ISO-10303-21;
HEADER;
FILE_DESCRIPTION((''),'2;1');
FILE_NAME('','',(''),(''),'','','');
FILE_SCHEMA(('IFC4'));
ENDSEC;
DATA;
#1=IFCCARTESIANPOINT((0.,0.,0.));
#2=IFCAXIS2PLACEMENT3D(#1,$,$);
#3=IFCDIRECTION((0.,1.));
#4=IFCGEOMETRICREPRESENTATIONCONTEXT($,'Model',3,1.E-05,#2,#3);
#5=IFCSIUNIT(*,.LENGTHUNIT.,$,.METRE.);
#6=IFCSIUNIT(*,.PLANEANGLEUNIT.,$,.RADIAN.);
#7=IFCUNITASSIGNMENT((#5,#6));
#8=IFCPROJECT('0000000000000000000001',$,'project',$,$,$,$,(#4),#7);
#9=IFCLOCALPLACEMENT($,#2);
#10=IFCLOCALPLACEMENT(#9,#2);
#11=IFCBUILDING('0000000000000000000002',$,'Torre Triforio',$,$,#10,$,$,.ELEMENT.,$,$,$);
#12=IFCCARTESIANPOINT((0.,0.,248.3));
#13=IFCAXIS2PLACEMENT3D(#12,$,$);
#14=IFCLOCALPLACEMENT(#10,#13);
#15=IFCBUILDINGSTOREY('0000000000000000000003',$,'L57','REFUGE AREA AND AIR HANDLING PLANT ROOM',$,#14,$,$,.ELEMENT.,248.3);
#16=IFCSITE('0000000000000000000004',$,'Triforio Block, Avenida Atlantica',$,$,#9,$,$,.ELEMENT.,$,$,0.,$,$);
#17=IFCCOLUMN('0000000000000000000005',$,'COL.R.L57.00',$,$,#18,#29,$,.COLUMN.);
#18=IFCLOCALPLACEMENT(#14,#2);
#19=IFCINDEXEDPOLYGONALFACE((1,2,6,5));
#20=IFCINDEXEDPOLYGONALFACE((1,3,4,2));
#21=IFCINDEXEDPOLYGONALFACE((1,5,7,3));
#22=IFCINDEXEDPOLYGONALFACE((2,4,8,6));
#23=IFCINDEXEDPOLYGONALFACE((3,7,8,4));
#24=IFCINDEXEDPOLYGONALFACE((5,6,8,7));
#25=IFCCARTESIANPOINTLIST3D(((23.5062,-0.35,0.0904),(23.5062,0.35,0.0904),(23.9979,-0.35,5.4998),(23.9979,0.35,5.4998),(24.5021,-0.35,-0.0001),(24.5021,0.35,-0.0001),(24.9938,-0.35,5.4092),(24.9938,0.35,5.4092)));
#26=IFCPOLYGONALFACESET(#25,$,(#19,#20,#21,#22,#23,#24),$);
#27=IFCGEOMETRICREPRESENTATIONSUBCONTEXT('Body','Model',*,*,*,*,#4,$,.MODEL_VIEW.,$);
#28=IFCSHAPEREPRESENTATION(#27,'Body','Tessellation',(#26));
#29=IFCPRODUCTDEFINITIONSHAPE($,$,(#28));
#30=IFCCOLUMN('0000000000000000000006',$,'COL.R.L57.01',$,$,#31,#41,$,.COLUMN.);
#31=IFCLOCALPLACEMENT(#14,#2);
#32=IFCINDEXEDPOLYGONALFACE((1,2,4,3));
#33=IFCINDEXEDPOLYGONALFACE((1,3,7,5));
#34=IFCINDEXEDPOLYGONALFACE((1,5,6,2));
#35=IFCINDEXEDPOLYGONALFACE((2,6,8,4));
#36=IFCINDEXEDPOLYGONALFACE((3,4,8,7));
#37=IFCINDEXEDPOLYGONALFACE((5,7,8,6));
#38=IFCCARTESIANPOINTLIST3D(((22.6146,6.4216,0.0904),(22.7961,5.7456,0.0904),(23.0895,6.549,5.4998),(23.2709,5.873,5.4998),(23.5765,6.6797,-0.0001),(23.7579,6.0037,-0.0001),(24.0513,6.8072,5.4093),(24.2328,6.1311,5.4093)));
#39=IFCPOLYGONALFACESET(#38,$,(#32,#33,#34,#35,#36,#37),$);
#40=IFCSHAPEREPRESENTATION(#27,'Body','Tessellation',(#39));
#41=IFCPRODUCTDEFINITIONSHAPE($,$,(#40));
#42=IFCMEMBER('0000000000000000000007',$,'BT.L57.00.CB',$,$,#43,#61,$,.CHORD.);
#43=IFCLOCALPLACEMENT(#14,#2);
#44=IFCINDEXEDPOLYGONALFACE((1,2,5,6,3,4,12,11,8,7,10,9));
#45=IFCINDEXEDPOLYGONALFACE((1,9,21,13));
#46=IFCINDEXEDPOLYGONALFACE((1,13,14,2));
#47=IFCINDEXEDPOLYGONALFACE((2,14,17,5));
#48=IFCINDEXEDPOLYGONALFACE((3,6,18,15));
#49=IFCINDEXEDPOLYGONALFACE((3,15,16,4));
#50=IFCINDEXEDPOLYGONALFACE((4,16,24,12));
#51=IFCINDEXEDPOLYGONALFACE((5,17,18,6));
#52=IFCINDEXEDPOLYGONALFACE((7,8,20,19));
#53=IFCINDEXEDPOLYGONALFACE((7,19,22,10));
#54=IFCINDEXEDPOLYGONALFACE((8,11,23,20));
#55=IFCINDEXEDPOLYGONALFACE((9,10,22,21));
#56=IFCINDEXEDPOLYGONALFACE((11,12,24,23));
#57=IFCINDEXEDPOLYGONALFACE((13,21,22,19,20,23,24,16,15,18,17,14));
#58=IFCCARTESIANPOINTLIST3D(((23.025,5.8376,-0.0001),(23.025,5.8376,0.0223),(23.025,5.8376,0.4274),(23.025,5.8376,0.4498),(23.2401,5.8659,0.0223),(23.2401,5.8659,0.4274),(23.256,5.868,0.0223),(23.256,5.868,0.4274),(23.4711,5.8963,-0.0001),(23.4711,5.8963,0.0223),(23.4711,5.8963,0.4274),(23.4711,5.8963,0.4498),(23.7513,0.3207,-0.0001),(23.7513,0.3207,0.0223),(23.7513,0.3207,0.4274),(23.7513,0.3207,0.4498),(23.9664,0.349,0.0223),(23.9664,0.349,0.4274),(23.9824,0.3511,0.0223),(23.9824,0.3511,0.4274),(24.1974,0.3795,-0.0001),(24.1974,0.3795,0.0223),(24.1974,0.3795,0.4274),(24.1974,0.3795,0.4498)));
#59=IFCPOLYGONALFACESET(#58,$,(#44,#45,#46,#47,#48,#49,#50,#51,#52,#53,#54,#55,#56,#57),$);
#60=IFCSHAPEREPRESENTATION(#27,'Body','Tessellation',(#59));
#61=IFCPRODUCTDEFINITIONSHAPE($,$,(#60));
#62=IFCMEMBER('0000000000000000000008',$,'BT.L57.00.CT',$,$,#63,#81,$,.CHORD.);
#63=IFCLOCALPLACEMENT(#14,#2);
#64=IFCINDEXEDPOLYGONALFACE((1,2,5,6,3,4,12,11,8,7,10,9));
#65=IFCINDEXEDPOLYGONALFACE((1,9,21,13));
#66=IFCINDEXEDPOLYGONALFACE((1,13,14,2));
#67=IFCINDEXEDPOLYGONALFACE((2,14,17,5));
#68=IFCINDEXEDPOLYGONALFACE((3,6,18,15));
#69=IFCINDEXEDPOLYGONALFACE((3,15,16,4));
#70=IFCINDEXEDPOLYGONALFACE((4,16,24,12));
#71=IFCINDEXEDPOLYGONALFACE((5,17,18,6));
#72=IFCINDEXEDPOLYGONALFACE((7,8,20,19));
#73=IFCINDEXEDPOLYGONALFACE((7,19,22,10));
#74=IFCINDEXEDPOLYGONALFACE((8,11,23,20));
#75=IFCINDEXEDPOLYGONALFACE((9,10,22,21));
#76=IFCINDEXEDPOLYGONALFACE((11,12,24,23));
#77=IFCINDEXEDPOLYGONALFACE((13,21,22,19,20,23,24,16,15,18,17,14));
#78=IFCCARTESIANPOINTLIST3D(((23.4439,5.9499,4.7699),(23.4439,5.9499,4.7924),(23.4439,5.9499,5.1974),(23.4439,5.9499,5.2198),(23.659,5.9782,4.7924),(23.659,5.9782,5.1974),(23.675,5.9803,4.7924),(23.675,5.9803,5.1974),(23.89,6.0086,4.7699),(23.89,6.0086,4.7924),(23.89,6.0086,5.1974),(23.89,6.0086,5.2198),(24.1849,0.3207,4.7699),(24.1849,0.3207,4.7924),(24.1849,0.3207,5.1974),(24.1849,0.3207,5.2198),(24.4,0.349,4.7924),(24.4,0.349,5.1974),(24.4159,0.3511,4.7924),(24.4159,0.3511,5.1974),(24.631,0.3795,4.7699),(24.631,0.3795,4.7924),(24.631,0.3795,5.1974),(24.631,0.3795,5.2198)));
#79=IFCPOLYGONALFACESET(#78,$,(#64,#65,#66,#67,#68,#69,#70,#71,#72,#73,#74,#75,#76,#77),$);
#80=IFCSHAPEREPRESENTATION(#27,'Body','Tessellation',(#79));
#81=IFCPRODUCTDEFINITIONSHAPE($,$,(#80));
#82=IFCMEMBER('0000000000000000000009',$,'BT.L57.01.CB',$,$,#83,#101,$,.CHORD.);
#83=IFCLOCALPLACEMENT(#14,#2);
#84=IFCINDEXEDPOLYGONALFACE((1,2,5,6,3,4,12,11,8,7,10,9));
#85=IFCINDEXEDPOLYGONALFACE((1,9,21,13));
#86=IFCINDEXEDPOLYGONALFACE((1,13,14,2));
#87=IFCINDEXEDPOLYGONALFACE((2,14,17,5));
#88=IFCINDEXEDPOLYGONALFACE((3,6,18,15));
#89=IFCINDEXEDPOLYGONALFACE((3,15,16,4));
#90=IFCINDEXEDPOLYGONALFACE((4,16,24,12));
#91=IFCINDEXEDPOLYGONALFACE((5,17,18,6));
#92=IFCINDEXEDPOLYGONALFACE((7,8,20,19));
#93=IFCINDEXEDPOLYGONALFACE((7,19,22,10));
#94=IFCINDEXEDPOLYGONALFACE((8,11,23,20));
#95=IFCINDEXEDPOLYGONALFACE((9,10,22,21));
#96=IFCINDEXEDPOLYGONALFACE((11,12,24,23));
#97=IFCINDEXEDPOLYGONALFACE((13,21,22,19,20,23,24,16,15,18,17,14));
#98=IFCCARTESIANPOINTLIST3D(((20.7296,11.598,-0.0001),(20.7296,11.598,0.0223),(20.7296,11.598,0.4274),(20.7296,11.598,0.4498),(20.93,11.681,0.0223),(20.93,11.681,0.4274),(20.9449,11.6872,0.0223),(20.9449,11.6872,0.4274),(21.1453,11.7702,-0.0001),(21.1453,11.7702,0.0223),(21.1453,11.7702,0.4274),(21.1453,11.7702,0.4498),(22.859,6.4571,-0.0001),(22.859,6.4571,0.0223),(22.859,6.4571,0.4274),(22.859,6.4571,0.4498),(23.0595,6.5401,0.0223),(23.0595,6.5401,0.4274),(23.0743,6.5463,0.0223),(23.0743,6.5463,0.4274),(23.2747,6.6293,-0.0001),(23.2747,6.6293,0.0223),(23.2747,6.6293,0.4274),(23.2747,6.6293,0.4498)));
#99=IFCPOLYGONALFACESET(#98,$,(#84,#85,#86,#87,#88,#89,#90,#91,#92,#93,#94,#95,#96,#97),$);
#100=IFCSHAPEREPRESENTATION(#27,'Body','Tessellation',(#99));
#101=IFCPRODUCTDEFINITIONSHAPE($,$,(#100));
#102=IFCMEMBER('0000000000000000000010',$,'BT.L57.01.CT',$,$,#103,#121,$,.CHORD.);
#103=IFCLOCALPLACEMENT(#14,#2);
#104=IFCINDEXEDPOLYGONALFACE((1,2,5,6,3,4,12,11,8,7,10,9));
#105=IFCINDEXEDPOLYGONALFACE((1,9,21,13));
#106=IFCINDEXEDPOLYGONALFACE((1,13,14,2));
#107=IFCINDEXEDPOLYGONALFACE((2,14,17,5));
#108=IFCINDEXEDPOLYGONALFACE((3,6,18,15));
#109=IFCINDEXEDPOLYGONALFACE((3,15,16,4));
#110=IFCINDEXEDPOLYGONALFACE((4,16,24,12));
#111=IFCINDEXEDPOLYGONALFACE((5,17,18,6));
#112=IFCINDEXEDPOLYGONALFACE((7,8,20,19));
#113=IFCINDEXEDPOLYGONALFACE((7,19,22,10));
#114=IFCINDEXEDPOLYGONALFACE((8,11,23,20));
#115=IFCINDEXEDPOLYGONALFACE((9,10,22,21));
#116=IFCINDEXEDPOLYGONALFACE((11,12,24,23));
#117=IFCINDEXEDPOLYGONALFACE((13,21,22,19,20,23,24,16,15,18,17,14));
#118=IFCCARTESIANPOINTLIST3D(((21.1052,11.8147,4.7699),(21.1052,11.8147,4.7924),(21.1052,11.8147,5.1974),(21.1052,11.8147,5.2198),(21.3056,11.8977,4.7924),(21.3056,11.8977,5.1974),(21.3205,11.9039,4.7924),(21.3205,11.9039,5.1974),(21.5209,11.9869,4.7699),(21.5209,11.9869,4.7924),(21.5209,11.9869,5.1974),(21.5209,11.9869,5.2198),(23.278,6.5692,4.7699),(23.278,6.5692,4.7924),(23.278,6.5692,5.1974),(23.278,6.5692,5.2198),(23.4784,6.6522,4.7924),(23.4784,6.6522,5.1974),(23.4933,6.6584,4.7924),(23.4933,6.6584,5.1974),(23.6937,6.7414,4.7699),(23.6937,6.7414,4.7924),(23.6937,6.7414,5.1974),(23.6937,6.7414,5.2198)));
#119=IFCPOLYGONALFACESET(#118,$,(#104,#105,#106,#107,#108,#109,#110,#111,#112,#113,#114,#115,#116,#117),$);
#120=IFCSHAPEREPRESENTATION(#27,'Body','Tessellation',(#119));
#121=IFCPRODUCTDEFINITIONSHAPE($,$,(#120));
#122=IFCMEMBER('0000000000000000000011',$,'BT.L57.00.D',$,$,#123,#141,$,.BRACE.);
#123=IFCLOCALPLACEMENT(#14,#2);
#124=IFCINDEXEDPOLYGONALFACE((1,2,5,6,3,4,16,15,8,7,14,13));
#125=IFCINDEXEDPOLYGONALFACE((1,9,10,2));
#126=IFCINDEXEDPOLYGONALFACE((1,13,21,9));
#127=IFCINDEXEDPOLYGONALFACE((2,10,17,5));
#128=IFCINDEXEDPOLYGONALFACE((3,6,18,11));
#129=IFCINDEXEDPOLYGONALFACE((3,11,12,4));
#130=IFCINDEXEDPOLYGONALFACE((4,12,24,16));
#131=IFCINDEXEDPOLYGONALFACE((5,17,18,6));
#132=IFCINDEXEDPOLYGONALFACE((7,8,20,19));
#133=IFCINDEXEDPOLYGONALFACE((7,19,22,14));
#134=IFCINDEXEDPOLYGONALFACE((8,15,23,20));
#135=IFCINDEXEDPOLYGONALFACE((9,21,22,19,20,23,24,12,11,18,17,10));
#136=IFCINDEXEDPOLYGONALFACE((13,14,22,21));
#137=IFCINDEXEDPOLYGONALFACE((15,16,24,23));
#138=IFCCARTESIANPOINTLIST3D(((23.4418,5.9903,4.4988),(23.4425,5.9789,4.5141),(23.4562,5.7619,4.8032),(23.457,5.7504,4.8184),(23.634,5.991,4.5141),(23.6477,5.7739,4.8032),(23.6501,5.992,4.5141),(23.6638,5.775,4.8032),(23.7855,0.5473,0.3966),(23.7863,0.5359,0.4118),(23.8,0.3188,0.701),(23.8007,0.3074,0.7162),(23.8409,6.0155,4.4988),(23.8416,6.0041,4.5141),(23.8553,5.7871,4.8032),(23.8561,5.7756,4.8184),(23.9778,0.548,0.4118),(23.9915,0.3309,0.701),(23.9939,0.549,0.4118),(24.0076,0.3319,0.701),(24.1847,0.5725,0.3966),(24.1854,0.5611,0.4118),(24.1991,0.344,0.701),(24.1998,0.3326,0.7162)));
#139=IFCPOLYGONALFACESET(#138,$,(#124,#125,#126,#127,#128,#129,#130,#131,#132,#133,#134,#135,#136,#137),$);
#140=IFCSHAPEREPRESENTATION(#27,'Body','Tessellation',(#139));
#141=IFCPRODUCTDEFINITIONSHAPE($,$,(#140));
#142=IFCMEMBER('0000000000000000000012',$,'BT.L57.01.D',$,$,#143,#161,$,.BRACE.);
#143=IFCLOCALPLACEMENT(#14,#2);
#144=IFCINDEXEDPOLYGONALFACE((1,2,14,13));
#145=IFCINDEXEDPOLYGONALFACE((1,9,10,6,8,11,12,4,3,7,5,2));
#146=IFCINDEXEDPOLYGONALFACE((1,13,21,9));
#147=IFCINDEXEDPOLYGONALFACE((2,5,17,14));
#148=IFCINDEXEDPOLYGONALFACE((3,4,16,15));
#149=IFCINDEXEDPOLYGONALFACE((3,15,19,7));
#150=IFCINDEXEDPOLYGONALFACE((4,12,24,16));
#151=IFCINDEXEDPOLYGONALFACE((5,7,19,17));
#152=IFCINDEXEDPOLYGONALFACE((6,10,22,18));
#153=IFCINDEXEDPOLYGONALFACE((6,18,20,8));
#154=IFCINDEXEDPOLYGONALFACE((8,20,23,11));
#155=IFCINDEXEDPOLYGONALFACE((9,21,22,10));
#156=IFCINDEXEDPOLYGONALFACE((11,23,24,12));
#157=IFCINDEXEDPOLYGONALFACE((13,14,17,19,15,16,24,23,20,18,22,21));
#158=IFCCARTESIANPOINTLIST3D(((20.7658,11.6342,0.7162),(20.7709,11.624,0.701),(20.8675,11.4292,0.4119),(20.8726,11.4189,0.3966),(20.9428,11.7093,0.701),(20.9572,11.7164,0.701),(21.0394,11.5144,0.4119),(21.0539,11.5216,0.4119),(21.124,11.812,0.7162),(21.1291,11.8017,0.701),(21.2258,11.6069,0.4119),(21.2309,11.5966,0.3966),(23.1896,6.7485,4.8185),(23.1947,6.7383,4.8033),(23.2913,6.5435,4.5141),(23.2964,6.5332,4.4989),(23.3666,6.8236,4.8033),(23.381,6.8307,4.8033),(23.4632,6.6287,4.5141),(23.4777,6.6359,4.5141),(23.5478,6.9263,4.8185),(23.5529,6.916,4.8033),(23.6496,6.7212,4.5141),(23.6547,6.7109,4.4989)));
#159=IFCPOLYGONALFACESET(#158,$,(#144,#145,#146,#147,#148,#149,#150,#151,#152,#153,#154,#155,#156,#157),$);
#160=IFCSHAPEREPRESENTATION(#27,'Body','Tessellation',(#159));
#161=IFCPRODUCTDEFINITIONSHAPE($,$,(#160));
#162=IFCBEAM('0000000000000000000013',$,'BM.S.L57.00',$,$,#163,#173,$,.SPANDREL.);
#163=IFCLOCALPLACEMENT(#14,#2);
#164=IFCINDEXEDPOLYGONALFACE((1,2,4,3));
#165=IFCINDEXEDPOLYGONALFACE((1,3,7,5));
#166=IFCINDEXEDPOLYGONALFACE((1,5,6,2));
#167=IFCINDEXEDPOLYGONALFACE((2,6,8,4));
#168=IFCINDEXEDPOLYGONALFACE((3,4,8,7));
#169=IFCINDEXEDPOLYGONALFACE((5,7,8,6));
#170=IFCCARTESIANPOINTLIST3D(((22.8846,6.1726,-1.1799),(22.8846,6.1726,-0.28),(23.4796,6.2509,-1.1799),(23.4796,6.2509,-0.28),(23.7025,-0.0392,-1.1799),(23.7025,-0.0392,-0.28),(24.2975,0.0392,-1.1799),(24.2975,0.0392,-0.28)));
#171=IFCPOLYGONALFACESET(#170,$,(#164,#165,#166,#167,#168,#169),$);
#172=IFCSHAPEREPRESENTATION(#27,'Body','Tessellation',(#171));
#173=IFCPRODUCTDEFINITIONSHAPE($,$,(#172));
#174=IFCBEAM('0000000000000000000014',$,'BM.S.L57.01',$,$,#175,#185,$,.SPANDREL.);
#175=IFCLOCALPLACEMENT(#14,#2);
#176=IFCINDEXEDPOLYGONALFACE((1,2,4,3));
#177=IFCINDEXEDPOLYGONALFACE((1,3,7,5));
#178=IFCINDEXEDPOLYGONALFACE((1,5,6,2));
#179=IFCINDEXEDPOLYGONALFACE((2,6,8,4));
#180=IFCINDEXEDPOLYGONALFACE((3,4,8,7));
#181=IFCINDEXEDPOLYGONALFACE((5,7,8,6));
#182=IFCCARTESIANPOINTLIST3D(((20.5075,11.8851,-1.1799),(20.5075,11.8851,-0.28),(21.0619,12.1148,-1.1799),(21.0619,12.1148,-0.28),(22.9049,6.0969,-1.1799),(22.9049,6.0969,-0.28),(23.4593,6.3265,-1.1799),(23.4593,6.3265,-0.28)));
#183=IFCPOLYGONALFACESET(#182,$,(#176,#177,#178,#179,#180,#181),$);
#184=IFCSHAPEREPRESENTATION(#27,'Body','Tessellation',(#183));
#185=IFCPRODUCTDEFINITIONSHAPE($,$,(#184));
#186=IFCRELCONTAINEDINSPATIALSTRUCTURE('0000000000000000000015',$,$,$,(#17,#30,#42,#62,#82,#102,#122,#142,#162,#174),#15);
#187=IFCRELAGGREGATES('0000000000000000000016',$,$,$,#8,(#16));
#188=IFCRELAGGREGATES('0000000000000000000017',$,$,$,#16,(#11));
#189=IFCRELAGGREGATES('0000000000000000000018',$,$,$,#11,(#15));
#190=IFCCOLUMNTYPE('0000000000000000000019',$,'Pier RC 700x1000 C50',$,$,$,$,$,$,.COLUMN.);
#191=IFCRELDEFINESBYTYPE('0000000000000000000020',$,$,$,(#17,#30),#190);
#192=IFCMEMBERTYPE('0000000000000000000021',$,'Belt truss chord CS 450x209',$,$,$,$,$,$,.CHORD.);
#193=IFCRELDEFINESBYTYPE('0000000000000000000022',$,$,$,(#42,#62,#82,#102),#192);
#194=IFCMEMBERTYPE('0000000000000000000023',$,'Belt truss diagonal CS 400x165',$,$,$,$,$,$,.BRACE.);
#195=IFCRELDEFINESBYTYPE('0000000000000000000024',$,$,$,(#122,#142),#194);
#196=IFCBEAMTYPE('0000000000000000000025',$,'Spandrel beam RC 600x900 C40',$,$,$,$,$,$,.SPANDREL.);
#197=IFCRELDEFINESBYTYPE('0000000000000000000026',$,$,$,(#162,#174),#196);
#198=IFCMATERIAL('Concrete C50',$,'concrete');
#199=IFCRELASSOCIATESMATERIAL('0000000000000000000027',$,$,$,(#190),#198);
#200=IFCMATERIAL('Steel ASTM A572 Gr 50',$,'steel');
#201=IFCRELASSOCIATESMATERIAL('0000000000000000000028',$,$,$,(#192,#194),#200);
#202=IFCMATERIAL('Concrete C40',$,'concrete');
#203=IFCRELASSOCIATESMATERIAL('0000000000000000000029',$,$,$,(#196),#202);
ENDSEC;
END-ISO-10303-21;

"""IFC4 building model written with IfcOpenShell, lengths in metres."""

from ifc_helpers import new_model, si_unit, direction, frame, origin, origin_2d, place, context, subcontext, project, spatial, rectangle, i_section, extrude, material, material_profile, profile_set, type_object, element, save


model = new_model("IFC4")

# Units and contexts
model_context = context("Model", 3, precision=1e-05, world=origin(), true_north=direction((0.0, 1.0)))
body_context = subcontext(model_context, "Body", "Model", "MODEL_VIEW")
ifc_project = project(units=[si_unit("LENGTHUNIT", "METRE"), si_unit("PLANEANGLEUNIT", "RADIAN")], contexts=[model_context])

# Site, building, storey
site_placement = place(None, origin())
site = spatial("IfcSite", under=ifc_project, at=site_placement, Name="Triforio Block, Avenida Atlantica", CompositionType="ELEMENT", RefElevation=0.0)
building_placement = place(site_placement, origin())
building = spatial("IfcBuilding", under=site, at=building_placement, Name="Torre Triforio", CompositionType="ELEMENT")
storey_placement = place(building_placement, frame((0.0, 0.0, 248.3)))
storey = spatial("IfcBuildingStorey", under=building, at=storey_placement, Name="L57", Description="REFUGE AREA AND AIR HANDLING PLANT ROOM", CompositionType="ELEMENT", Elevation=248.3)

# Columns
ifc_material_1 = material(Name="Concrete C50", Category="concrete")
ifc_material_profile_1 = material_profile(ifc_material_1, rectangle(XDim=0.7, YDim=1.0, at=origin_2d()), Name="RC 700x1000")
ifc_profile_set_1 = profile_set([ifc_material_profile_1], Name="Concrete C50")
column_type = type_object("IfcColumnType", Name="Pier RC 700x1000 C50", PredefinedType="COLUMN", material=ifc_profile_set_1)
for number, where, z_axis, x_axis, name in (
    (1, (24.0042, 0.0, 0.0452), (0.090524, 0.0, 0.995894), (0.0, 1.0, 0.0), "COL.R.L57.00"),
    (2, (23.1863, 6.2126, 0.0452), (0.087422, 0.023462, 0.995895), (-0.259208, 0.965822, 0.0), "COL.R.L57.01"),
):
    element("IfcColumn", number, at=place(storey_placement, frame(where, z_axis=z_axis, x_axis=x_axis)), inside=storey, type_object=column_type, Name=name, PredefinedType="COLUMN", context=body_context, shape_type="SweptSolid", body=[
        extrude(rectangle(XDim=0.7, YDim=1.0, at=origin_2d()), origin(), (0.0, 0.0, 1.0), 5.4316),
    ])

# Members
ifc_material_2 = material(Name="Steel ASTM A572 Gr 50", Category="steel")
ifc_material_profile_2 = material_profile(ifc_material_2, i_section(OverallWidth=0.45, OverallDepth=0.45, WebThickness=0.0161, FlangeThickness=0.0225, at=origin_2d()), Name="CS 450x209")
ifc_profile_set_2 = profile_set([ifc_material_profile_2], Name="Steel ASTM A572 Gr 50")
member_type_1 = type_object("IfcMemberType", Name="Belt truss chord CS 450x209", PredefinedType="CHORD", material=ifc_profile_set_2)
member_1_placement = place(storey_placement, frame((23.9744, 0.3501, 0.2249), z_axis=(-0.130528, 0.991445, 0.0), x_axis=(-0.991445, -0.130528, 0.0)))
element("IfcMember", 3, at=member_1_placement, inside=storey, type_object=member_type_1, Name="BT.L57.00.CB", PredefinedType="CHORD", context=body_context, shape_type="SweptSolid", body=[
    extrude(i_section(OverallWidth=0.45, OverallDepth=0.45, WebThickness=0.0161, FlangeThickness=0.0225, at=origin_2d()), origin(), (0.0, 0.0, 1.0), 5.5645),
])
member_2_placement = place(storey_placement, frame((24.408, 0.3501, 4.9949), z_axis=(-0.130505, 0.991448, 0.0), x_axis=(-0.991448, -0.130505, 0.0)))
element("IfcMember", 4, at=member_2_placement, inside=storey, type_object=member_type_1, Name="BT.L57.00.CT", PredefinedType="CHORD", context=body_context, shape_type="SweptSolid", body=[
    extrude(i_section(OverallWidth=0.45, OverallDepth=0.45, WebThickness=0.0161, FlangeThickness=0.0225, at=origin_2d()), origin(), (0.0, 0.0, 1.0), 5.6777),
])
member_3_placement = place(storey_placement, frame((23.0669, 6.5432, 0.2249), z_axis=(-0.38268, 0.923881, 0.0), x_axis=(-0.923881, -0.38268, 0.0)))
element("IfcMember", 5, at=member_3_placement, inside=storey, type_object=member_type_1, Name="BT.L57.01.CB", PredefinedType="CHORD", context=body_context, shape_type="SweptSolid", body=[
    extrude(i_section(OverallWidth=0.45, OverallDepth=0.45, WebThickness=0.0161, FlangeThickness=0.0225, at=origin_2d()), origin(), (0.0, 0.0, 1.0), 5.5645),
])
member_4_placement = place(storey_placement, frame((23.4858, 6.6553, 4.9949), z_axis=(-0.382691, 0.923876, 0.0), x_axis=(-0.923876, -0.382691, 0.0)))
element("IfcMember", 6, at=member_4_placement, inside=storey, type_object=member_type_1, Name="BT.L57.01.CT", PredefinedType="CHORD", context=body_context, shape_type="SweptSolid", body=[
    extrude(i_section(OverallWidth=0.45, OverallDepth=0.45, WebThickness=0.0161, FlangeThickness=0.0225, at=origin_2d()), origin(), (0.0, 0.0, 1.0), 5.6777),
])
ifc_material_profile_3 = material_profile(ifc_material_2, i_section(OverallWidth=0.3999, OverallDepth=0.3999, WebThickness=0.0161, FlangeThickness=0.019, at=origin_2d()), Name="CS 400x165")
ifc_profile_set_3 = profile_set([ifc_material_profile_3], Name="Steel ASTM A572 Gr 50")
member_type_2 = type_object("IfcMemberType", Name="Belt truss diagonal CS 400x165", PredefinedType="BRACE", material=ifc_profile_set_3)
for number, where, z_axis, x_axis, name in (
    (7, (23.9927, 0.4399, 0.5564), (-0.05037, 0.797579, 0.601108), (-0.998012, -0.063028, 0.0), "BT.L57.00.D"),
    (8, (23.4221, 6.7297, 4.6587), (-0.355164, 0.715909, -0.60111), (-0.895819, -0.444418, 0.0), "BT.L57.01.D"),
):
    element("IfcMember", number, at=place(storey_placement, frame(where, z_axis=z_axis, x_axis=x_axis)), inside=storey, type_object=member_type_2, Name=name, PredefinedType="BRACE", context=body_context, shape_type="SweptSolid", body=[
        extrude(i_section(OverallWidth=0.3999, OverallDepth=0.3999, WebThickness=0.0161, FlangeThickness=0.019, at=origin_2d()), origin(), (0.0, 0.0, 1.0), 6.8245),
    ])

# Beams
ifc_material_3 = material(Name="Concrete C40", Category="concrete")
ifc_material_profile_4 = material_profile(ifc_material_3, rectangle(XDim=0.6001, YDim=0.8999, at=origin_2d()), Name="RC 600x900")
ifc_profile_set_4 = profile_set([ifc_material_profile_4], Name="Concrete C40")
beam_type = type_object("IfcBeamType", Name="Spandrel beam RC 600x900 C40", PredefinedType="SPANDREL", material=ifc_profile_set_4)
beam_1_placement = place(storey_placement, frame((24.0, 0.0, -0.73), z_axis=(-0.13054, 0.991443, 0.0), x_axis=(-0.991443, -0.13054, 0.0)))
element("IfcBeam", 9, at=beam_1_placement, inside=storey, type_object=beam_type, Name="BM.S.L57.00", PredefinedType="SPANDREL", context=body_context, shape_type="SweptSolid", body=[
    extrude(rectangle(XDim=0.6001, YDim=0.8999, at=origin_2d()), origin(), (0.0, 0.0, 1.0), 6.2654),
])
beam_2_placement = place(storey_placement, frame((23.1821, 6.2117, -0.73), z_axis=(-0.382664, 0.923888, 0.0), x_axis=(-0.923888, -0.382664, 0.0)))
element("IfcBeam", 10, at=beam_2_placement, inside=storey, type_object=beam_type, Name="BM.S.L57.01", PredefinedType="SPANDREL", context=body_context, shape_type="SweptSolid", body=[
    extrude(rectangle(XDim=0.6001, YDim=0.8999, at=origin_2d()), origin(), (0.0, 0.0, 1.0), 6.2651),
])

save(model, "model.ifc")
